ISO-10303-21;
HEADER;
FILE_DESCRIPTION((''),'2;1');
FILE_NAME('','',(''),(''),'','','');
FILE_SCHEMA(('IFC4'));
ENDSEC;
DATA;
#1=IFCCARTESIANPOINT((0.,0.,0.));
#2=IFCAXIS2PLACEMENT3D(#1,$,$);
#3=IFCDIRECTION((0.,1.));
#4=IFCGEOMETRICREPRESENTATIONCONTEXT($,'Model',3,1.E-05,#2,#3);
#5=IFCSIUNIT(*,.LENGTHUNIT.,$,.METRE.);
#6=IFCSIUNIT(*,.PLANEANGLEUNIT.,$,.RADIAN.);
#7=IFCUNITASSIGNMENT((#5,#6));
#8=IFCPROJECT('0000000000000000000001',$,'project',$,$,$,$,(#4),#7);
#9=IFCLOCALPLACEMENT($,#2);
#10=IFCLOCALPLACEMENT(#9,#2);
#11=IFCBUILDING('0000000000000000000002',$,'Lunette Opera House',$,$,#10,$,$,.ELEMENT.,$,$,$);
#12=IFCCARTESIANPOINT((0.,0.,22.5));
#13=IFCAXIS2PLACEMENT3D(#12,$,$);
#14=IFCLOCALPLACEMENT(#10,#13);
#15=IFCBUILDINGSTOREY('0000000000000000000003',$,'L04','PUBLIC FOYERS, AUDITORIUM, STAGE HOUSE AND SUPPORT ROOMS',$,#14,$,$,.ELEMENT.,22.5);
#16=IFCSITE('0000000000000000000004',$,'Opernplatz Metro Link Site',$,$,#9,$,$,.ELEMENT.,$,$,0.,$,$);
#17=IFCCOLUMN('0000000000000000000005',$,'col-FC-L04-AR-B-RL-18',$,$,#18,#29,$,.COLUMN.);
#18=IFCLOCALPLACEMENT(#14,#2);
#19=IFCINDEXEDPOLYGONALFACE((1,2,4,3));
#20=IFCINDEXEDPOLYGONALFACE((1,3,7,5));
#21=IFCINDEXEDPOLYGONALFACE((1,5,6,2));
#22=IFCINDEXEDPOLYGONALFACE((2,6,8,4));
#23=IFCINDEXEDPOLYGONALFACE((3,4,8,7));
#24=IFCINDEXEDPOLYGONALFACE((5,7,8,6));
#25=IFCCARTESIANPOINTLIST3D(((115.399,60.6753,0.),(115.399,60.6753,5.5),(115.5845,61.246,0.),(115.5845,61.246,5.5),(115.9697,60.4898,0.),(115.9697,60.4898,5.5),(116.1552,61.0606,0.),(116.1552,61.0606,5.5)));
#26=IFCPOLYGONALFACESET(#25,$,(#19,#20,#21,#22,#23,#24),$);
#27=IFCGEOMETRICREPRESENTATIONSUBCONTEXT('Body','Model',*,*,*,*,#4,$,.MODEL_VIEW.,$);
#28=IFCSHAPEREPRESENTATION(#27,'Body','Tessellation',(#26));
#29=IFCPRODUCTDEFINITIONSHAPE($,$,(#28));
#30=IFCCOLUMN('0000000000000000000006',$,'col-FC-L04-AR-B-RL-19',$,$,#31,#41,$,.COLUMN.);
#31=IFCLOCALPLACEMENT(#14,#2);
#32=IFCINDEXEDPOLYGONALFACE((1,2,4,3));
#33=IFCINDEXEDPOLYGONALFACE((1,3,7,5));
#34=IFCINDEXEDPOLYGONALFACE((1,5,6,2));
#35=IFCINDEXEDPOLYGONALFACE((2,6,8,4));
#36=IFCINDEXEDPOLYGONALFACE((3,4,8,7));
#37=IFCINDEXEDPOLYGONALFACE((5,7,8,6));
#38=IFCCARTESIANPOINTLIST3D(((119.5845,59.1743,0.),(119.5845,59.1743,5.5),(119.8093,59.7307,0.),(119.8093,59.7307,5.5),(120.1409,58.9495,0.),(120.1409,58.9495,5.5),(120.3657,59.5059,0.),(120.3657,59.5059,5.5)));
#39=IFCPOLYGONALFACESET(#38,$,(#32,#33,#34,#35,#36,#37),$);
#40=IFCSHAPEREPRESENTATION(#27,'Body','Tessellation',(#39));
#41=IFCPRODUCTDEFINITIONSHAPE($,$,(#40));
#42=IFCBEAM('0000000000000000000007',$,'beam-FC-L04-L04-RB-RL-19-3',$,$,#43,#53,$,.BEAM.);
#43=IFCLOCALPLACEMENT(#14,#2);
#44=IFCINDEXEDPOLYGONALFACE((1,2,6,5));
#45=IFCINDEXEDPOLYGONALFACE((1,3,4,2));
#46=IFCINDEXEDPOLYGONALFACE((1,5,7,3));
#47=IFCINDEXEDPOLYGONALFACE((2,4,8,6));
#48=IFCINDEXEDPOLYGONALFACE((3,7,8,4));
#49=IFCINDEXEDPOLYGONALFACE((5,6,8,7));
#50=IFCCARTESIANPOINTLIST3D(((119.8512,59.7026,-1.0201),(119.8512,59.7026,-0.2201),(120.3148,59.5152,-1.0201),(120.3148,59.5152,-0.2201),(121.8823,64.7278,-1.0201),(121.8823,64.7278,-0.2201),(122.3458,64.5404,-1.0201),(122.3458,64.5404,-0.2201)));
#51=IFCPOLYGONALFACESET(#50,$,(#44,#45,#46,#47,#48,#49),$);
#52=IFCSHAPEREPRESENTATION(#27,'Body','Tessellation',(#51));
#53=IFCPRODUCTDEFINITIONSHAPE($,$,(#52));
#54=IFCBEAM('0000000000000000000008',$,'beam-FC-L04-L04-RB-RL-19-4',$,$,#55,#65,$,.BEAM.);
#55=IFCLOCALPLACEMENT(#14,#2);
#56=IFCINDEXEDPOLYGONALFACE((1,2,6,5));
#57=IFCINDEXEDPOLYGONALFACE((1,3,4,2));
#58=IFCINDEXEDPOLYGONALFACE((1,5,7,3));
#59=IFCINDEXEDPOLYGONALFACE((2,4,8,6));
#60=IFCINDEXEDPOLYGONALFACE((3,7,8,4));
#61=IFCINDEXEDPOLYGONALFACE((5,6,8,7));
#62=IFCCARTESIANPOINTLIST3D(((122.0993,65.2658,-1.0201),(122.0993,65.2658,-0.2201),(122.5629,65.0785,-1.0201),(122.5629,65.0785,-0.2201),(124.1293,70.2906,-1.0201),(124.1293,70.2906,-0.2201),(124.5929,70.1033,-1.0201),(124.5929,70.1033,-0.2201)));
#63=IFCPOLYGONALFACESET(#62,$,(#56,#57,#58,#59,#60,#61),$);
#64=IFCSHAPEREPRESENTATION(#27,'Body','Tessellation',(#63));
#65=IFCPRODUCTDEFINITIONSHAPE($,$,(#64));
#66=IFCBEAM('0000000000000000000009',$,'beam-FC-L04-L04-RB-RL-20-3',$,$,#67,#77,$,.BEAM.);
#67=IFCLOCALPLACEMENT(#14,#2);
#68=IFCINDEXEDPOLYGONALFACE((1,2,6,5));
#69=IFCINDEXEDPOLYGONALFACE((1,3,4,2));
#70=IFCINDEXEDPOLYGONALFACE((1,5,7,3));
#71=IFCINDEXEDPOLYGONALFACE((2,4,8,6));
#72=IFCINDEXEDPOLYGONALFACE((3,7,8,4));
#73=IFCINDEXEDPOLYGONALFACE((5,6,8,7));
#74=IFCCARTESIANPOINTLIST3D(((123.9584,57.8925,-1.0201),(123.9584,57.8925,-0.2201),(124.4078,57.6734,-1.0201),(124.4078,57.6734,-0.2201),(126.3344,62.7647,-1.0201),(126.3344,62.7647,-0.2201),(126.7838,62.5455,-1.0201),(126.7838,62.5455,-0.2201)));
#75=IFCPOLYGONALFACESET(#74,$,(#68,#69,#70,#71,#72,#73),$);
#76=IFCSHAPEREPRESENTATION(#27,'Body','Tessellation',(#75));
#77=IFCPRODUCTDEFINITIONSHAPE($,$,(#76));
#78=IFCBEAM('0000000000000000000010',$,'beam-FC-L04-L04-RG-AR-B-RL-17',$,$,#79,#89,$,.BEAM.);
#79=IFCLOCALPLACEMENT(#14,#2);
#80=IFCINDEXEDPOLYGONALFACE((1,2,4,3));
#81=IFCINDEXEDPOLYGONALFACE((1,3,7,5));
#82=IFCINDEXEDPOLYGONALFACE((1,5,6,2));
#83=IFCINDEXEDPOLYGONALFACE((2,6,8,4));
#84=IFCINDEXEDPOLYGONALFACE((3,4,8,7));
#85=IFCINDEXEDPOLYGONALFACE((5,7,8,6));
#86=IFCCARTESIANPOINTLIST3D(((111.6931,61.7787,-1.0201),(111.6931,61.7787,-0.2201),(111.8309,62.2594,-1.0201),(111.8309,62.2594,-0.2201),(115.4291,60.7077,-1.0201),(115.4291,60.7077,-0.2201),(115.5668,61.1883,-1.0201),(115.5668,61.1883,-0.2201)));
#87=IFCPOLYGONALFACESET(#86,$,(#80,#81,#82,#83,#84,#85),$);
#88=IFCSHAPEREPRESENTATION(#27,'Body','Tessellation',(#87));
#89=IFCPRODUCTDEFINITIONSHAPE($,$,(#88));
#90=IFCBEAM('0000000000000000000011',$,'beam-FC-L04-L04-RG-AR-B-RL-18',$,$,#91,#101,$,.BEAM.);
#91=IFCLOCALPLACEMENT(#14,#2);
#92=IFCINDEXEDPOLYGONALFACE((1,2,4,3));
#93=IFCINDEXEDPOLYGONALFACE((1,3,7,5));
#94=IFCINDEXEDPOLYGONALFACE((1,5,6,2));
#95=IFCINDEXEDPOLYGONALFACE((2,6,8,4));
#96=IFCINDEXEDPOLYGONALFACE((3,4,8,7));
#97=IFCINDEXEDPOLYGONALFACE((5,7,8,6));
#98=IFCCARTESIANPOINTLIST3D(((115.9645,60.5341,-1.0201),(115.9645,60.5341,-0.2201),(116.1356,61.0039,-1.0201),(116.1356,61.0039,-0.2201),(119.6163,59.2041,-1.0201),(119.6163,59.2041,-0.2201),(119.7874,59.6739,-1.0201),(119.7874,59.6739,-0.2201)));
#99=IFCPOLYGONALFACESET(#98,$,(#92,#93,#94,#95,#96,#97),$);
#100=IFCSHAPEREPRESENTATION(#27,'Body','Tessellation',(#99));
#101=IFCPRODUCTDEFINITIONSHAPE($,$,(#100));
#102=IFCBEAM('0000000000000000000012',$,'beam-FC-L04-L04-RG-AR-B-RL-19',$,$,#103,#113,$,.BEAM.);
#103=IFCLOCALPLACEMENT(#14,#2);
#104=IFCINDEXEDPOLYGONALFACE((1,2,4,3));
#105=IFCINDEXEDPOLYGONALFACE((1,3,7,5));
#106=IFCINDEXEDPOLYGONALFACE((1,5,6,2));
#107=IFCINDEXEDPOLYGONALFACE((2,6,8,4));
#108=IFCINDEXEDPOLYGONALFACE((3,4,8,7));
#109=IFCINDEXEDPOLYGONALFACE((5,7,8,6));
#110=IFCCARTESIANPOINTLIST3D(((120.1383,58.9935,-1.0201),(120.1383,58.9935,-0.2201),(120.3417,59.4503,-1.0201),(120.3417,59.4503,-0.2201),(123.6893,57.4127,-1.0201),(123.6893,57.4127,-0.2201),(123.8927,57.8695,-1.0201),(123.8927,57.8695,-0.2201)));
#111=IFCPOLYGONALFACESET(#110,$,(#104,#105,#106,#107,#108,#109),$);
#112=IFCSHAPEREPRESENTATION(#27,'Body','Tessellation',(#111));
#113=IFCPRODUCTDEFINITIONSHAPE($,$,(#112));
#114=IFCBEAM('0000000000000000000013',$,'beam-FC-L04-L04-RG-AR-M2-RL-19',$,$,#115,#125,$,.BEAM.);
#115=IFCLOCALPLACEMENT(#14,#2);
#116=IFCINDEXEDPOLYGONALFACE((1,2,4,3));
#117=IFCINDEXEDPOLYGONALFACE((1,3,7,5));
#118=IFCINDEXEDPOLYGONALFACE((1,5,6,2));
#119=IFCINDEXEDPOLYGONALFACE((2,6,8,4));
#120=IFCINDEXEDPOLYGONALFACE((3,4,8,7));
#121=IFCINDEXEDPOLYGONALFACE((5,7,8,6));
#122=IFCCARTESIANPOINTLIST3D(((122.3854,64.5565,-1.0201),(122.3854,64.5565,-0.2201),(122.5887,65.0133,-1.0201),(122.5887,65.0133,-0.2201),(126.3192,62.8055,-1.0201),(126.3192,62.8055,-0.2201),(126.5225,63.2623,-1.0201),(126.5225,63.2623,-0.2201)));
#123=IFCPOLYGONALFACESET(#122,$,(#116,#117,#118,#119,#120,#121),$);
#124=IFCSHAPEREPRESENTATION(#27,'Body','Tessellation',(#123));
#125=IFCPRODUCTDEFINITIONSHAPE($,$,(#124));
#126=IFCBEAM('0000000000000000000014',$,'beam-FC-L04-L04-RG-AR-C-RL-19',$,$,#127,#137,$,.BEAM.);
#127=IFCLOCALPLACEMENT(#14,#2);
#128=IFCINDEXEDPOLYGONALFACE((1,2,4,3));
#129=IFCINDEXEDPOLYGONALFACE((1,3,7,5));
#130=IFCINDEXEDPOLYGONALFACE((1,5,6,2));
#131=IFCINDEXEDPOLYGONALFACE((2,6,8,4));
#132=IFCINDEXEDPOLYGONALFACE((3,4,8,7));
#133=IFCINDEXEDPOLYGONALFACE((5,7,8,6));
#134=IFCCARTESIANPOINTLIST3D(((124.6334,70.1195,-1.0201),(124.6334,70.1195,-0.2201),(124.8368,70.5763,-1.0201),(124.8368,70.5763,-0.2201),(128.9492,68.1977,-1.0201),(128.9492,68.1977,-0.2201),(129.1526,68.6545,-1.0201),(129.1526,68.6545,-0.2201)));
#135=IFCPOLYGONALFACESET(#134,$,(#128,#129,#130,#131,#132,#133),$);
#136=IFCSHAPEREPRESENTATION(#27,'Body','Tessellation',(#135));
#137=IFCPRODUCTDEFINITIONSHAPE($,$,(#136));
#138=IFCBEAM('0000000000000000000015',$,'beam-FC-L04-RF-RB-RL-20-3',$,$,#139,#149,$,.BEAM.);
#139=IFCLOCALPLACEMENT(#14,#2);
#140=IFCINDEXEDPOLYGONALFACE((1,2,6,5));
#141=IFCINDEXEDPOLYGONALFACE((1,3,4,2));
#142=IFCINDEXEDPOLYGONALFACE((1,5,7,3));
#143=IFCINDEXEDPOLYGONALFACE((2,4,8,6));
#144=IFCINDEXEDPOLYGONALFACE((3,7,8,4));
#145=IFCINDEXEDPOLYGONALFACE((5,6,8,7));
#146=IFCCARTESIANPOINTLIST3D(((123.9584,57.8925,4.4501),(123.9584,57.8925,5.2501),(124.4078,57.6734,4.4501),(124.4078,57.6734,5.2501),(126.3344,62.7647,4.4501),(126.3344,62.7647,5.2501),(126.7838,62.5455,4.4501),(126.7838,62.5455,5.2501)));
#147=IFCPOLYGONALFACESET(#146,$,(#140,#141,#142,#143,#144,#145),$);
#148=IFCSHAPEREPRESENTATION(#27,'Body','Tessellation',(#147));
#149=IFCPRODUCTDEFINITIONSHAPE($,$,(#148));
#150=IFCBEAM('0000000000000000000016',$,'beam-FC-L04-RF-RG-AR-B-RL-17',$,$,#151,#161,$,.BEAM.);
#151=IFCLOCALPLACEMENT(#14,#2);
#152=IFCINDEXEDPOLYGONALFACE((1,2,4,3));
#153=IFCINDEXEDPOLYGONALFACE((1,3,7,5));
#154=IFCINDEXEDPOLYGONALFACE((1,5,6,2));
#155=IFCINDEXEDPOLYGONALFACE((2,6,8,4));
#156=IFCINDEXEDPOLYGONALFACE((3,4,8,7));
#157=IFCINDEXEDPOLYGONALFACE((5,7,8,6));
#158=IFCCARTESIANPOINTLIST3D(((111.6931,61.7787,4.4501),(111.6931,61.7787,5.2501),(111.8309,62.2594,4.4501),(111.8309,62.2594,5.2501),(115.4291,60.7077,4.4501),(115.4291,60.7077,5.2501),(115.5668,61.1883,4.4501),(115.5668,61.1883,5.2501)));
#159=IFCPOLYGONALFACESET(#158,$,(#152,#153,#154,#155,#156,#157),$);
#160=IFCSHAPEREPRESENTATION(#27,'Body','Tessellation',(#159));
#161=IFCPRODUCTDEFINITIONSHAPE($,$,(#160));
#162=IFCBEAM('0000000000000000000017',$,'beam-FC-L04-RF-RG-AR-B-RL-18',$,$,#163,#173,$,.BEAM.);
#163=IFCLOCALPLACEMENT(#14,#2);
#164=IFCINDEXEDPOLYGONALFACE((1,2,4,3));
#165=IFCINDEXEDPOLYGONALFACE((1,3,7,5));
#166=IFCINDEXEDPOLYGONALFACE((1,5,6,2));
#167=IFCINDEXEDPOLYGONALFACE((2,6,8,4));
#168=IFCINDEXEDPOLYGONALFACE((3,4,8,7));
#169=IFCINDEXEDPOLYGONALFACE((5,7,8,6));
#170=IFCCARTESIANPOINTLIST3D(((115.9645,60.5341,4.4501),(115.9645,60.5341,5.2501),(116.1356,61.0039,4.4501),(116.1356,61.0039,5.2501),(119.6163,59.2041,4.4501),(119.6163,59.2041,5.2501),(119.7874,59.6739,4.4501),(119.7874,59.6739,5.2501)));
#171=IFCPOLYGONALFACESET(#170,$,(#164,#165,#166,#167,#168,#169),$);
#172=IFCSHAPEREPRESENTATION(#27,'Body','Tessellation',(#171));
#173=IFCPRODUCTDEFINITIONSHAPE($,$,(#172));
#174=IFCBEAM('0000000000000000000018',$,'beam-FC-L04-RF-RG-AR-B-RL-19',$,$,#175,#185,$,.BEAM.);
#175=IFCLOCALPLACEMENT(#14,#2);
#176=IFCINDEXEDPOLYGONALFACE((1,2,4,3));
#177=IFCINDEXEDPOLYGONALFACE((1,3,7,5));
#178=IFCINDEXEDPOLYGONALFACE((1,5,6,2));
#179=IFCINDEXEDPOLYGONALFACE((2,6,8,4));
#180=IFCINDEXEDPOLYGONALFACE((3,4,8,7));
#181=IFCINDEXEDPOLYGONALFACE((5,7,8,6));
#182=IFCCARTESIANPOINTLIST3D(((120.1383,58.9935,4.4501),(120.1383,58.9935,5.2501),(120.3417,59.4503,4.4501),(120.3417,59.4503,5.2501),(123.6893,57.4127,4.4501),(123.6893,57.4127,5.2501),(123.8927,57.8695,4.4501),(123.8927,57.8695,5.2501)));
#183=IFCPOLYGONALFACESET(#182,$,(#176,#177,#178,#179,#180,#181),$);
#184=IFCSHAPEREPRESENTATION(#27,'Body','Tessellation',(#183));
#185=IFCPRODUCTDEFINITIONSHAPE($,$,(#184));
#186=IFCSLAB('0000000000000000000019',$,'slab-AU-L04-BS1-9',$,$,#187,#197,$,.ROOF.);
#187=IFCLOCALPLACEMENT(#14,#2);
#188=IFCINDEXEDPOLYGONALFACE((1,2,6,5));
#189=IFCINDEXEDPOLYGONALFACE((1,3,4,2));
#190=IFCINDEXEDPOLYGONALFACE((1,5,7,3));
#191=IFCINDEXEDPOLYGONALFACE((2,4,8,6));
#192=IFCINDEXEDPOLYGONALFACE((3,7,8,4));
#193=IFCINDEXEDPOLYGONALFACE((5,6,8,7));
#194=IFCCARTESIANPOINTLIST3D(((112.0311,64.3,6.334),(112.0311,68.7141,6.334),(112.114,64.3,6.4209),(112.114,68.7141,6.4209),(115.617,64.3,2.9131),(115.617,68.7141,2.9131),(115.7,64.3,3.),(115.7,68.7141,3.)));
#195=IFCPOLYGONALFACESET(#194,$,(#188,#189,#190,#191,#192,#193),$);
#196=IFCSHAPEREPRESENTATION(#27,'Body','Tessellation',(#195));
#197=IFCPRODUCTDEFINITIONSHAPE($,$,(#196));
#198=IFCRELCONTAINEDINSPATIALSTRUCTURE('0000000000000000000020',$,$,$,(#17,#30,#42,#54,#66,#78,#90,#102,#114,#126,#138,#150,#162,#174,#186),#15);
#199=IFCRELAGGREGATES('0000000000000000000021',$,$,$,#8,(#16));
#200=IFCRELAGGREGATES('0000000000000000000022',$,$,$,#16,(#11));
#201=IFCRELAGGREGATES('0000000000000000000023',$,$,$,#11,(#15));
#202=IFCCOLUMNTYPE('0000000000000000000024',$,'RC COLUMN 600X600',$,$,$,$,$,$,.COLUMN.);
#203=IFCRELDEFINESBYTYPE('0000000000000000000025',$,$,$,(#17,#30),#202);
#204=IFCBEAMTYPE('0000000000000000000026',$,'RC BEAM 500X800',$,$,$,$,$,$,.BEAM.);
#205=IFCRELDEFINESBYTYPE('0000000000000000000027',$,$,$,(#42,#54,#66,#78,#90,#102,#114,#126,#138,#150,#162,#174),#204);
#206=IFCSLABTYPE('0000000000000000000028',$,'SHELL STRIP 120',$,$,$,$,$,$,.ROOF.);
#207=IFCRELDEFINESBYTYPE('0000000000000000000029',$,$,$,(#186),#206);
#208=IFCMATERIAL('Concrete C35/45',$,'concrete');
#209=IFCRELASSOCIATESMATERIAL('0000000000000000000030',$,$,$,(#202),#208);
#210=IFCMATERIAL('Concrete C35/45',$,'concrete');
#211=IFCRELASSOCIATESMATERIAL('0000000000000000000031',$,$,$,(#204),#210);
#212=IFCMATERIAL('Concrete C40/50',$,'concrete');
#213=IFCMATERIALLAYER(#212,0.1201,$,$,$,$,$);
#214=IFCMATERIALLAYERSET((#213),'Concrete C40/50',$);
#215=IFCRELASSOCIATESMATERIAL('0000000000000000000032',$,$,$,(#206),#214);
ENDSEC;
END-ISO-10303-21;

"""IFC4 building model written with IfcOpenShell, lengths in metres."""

from ifc_helpers import new_model, si_unit, direction, frame, origin, origin_2d, place, context, subcontext, project, spatial, polyline, rectangle, outline, extrude, material, layer, layer_set, material_profile, profile_set, type_object, element, save


model = new_model("IFC4")

# Units and contexts
model_context = context("Model", 3, precision=1e-05, world=origin(), true_north=direction((0.0, 1.0)))
body_context = subcontext(model_context, "Body", "Model", "MODEL_VIEW")
ifc_project = project(units=[si_unit("LENGTHUNIT", "METRE"), si_unit("PLANEANGLEUNIT", "RADIAN")], contexts=[model_context])

# Site, building, storey
site_placement = place(None, origin())
site = spatial("IfcSite", under=ifc_project, at=site_placement, Name="Opernplatz Metro Link Site", CompositionType="ELEMENT", RefElevation=0.0)
building_placement = place(site_placement, origin())
building = spatial("IfcBuilding", under=site, at=building_placement, Name="Lunette Opera House", CompositionType="ELEMENT")
storey_placement = place(building_placement, frame((0.0, 0.0, 22.5)))
storey = spatial("IfcBuildingStorey", under=building, at=storey_placement, Name="L04", Description="PUBLIC FOYERS, AUDITORIUM, STAGE HOUSE AND SUPPORT ROOMS", CompositionType="ELEMENT", Elevation=22.5)

# Columns
ifc_material_1 = material(Name="Concrete C35/45", Category="concrete")
ifc_material_profile_1 = material_profile(ifc_material_1, rectangle(XDim=0.6001, YDim=0.6001, at=origin_2d()), Name="RC COLUMN 600X600")
ifc_profile_set_1 = profile_set([ifc_material_profile_1], Name="Concrete C35/45")
column_type = type_object("IfcColumnType", Name="RC COLUMN 600X600", PredefinedType="COLUMN", material=ifc_profile_set_1)
for number, where, z_axis, x_axis, name in (
    (1, (115.7771, 60.8679, 0.0), (0.0, 0.0, 1.0), (0.951057, -0.309017, 0.0), "col-FC-L04-AR-B-RL-18"),
    (2, (119.9751, 59.3401, 0.0), (0.0, 0.0, 1.0), (0.927184, -0.374607, 0.0), "col-FC-L04-AR-B-RL-19"),
):
    element("IfcColumn", number, at=place(storey_placement, frame(where, z_axis=z_axis, x_axis=x_axis)), inside=storey, type_object=column_type, Name=name, PredefinedType="COLUMN", context=body_context, shape_type="SweptSolid", body=[
        extrude(rectangle(XDim=0.6001, YDim=0.6001, at=origin_2d()), origin(), (0.0, 0.0, 1.0), 5.5),
    ])

# Beams
ifc_material_2 = material(Name="Concrete C35/45", Category="concrete")
ifc_material_profile_2 = material_profile(ifc_material_2, rectangle(XDim=0.5, YDim=0.8, at=origin_2d()), Name="RC BEAM 500X800")
ifc_profile_set_2 = profile_set([ifc_material_profile_2], Name="Concrete C35/45")
beam_type = type_object("IfcBeamType", Name="RC BEAM 500X800", PredefinedType="BEAM", material=ifc_profile_set_2)
beam_1_placement = place(storey_placement, frame((120.083, 59.6089, -0.6201), z_axis=(0.37472, 0.927138, 0.0), x_axis=(-0.927138, 0.37472, 0.0)))
element("IfcBeam", 3, at=beam_1_placement, inside=storey, type_object=beam_type, Name="beam-FC-L04-L04-RB-RL-19-3", PredefinedType="BEAM", context=body_context, shape_type="SweptSolid", body=[
    extrude(rectangle(XDim=0.5, YDim=0.8, at=origin_2d()), origin(), (0.0, 0.0, 1.0), 5.4202),
])
beam_2_placement = place(storey_placement, frame((122.3311, 65.1721, -0.6201), z_axis=(0.374581, 0.927194, 0.0), x_axis=(-0.927194, 0.374581, 0.0)))
element("IfcBeam", 4, at=beam_2_placement, inside=storey, type_object=beam_type, Name="beam-FC-L04-L04-RB-RL-19-4", PredefinedType="BEAM", context=body_context, shape_type="SweptSolid", body=[
    extrude(rectangle(XDim=0.5, YDim=0.8, at=origin_2d()), origin(), (0.0, 0.0, 1.0), 5.4194),
])
beam_3_placement = place(storey_placement, frame((124.1831, 57.783, -0.6201), z_axis=(0.438328, 0.898815, 0.0), x_axis=(-0.898815, 0.438328, 0.0)))
element("IfcBeam", 5, at=beam_3_placement, inside=storey, type_object=beam_type, Name="beam-FC-L04-L04-RB-RL-20-3", PredefinedType="BEAM", context=body_context, shape_type="SweptSolid", body=[
    extrude(rectangle(XDim=0.5, YDim=0.8, at=origin_2d()), origin(), (0.0, 0.0, 1.0), 5.4207),
])
for number, where, z_axis, x_axis, name in (
    (6, (111.762, 62.019, -0.6201), (0.961279, -0.275576, 0.0), (0.275576, 0.961279, 0.0), "beam-FC-L04-L04-RG-AR-B-RL-17"),
    (7, (116.05, 60.769, -0.6201), (0.939617, -0.342227, 0.0), (0.342227, 0.939617, 0.0), "beam-FC-L04-L04-RG-AR-B-RL-18"),
):
    element("IfcBeam", number, at=place(storey_placement, frame(where, z_axis=z_axis, x_axis=x_axis)), inside=storey, type_object=beam_type, Name=name, PredefinedType="BEAM", context=body_context, shape_type="SweptSolid", body=[
        extrude(rectangle(XDim=0.5, YDim=0.8, at=origin_2d()), origin(), (0.0, 0.0, 1.0), 3.8865),
    ])
beam_4_placement = place(storey_placement, frame((120.24, 59.2219, -0.6201), z_axis=(0.913565, -0.406692, 0.0), x_axis=(0.406692, 0.913565, 0.0)))
element("IfcBeam", 8, at=beam_4_placement, inside=storey, type_object=beam_type, Name="beam-FC-L04-L04-RG-AR-B-RL-19", PredefinedType="BEAM", context=body_context, shape_type="SweptSolid", body=[
    extrude(rectangle(XDim=0.5, YDim=0.8, at=origin_2d()), origin(), (0.0, 0.0, 1.0), 3.887),
])
beam_5_placement = place(storey_placement, frame((122.4871, 64.7849, -0.6201), z_axis=(0.913587, -0.406643, 0.0), x_axis=(0.406643, 0.913587, 0.0)))
element("IfcBeam", 9, at=beam_5_placement, inside=storey, type_object=beam_type, Name="beam-FC-L04-L04-RG-AR-M2-RL-19", PredefinedType="BEAM", context=body_context, shape_type="SweptSolid", body=[
    extrude(rectangle(XDim=0.5, YDim=0.8, at=origin_2d()), origin(), (0.0, 0.0, 1.0), 4.3059),
])
beam_6_placement = place(storey_placement, frame((124.7351, 70.3479, -0.6201), z_axis=(0.913522, -0.40679, 0.0), x_axis=(0.40679, 0.913522, 0.0)))
element("IfcBeam", 10, at=beam_6_placement, inside=storey, type_object=beam_type, Name="beam-FC-L04-L04-RG-AR-C-RL-19", PredefinedType="BEAM", context=body_context, shape_type="SweptSolid", body=[
    extrude(rectangle(XDim=0.5, YDim=0.8, at=origin_2d()), origin(), (0.0, 0.0, 1.0), 4.7244),
])
beam_7_placement = place(storey_placement, frame((124.1831, 57.783, 4.8501), z_axis=(0.438328, 0.898815, 0.0), x_axis=(-0.898815, 0.438328, 0.0)))
element("IfcBeam", 11, at=beam_7_placement, inside=storey, type_object=beam_type, Name="beam-FC-L04-RF-RB-RL-20-3", PredefinedType="BEAM", context=body_context, shape_type="SweptSolid", body=[
    extrude(rectangle(XDim=0.5, YDim=0.8, at=origin_2d()), origin(), (0.0, 0.0, 1.0), 5.4207),
])
for number, where, z_axis, x_axis, name in (
    (12, (111.762, 62.019, 4.8501), (0.961279, -0.275576, 0.0), (0.275576, 0.961279, 0.0), "beam-FC-L04-RF-RG-AR-B-RL-17"),
    (13, (116.05, 60.769, 4.8501), (0.939617, -0.342227, 0.0), (0.342227, 0.939617, 0.0), "beam-FC-L04-RF-RG-AR-B-RL-18"),
):
    element("IfcBeam", number, at=place(storey_placement, frame(where, z_axis=z_axis, x_axis=x_axis)), inside=storey, type_object=beam_type, Name=name, PredefinedType="BEAM", context=body_context, shape_type="SweptSolid", body=[
        extrude(rectangle(XDim=0.5, YDim=0.8, at=origin_2d()), origin(), (0.0, 0.0, 1.0), 3.8865),
    ])
beam_8_placement = place(storey_placement, frame((120.24, 59.2219, 4.8501), z_axis=(0.913565, -0.406692, 0.0), x_axis=(0.406692, 0.913565, 0.0)))
element("IfcBeam", 14, at=beam_8_placement, inside=storey, type_object=beam_type, Name="beam-FC-L04-RF-RG-AR-B-RL-19", PredefinedType="BEAM", context=body_context, shape_type="SweptSolid", body=[
    extrude(rectangle(XDim=0.5, YDim=0.8, at=origin_2d()), origin(), (0.0, 0.0, 1.0), 3.887),
])

# Slab
ifc_material_3 = material(Name="Concrete C40/50", Category="concrete")
ifc_layer_1 = layer(ifc_material_3, 0.1201)
ifc_layer_set_1 = layer_set([ifc_layer_1], Name="Concrete C40/50")
slab_type = type_object("IfcSlabType", Name="SHELL STRIP 120", PredefinedType="ROOF", material=ifc_layer_set_1)
slab_1_placement = place(storey_placement, frame((112.114, 64.3, 6.4209), z_axis=(0.69026, 0.0, 0.723561), x_axis=(0.723561, 0.0, -0.69026)))
element("IfcSlab", 15, at=slab_1_placement, inside=storey, type_object=slab_type, Name="slab-AU-L04-BS1-9", PredefinedType="ROOF", context=body_context, shape_type="SweptSolid", body=[
    extrude(outline(polyline([(0.0, 0.0), (4.956, 0.0), (4.956, 4.4141), (0.0, 4.4141), (0.0, 0.0)])), origin(), (0.0, 0.0, -1.0), 0.1201),
])

save(model, "model.ifc")
